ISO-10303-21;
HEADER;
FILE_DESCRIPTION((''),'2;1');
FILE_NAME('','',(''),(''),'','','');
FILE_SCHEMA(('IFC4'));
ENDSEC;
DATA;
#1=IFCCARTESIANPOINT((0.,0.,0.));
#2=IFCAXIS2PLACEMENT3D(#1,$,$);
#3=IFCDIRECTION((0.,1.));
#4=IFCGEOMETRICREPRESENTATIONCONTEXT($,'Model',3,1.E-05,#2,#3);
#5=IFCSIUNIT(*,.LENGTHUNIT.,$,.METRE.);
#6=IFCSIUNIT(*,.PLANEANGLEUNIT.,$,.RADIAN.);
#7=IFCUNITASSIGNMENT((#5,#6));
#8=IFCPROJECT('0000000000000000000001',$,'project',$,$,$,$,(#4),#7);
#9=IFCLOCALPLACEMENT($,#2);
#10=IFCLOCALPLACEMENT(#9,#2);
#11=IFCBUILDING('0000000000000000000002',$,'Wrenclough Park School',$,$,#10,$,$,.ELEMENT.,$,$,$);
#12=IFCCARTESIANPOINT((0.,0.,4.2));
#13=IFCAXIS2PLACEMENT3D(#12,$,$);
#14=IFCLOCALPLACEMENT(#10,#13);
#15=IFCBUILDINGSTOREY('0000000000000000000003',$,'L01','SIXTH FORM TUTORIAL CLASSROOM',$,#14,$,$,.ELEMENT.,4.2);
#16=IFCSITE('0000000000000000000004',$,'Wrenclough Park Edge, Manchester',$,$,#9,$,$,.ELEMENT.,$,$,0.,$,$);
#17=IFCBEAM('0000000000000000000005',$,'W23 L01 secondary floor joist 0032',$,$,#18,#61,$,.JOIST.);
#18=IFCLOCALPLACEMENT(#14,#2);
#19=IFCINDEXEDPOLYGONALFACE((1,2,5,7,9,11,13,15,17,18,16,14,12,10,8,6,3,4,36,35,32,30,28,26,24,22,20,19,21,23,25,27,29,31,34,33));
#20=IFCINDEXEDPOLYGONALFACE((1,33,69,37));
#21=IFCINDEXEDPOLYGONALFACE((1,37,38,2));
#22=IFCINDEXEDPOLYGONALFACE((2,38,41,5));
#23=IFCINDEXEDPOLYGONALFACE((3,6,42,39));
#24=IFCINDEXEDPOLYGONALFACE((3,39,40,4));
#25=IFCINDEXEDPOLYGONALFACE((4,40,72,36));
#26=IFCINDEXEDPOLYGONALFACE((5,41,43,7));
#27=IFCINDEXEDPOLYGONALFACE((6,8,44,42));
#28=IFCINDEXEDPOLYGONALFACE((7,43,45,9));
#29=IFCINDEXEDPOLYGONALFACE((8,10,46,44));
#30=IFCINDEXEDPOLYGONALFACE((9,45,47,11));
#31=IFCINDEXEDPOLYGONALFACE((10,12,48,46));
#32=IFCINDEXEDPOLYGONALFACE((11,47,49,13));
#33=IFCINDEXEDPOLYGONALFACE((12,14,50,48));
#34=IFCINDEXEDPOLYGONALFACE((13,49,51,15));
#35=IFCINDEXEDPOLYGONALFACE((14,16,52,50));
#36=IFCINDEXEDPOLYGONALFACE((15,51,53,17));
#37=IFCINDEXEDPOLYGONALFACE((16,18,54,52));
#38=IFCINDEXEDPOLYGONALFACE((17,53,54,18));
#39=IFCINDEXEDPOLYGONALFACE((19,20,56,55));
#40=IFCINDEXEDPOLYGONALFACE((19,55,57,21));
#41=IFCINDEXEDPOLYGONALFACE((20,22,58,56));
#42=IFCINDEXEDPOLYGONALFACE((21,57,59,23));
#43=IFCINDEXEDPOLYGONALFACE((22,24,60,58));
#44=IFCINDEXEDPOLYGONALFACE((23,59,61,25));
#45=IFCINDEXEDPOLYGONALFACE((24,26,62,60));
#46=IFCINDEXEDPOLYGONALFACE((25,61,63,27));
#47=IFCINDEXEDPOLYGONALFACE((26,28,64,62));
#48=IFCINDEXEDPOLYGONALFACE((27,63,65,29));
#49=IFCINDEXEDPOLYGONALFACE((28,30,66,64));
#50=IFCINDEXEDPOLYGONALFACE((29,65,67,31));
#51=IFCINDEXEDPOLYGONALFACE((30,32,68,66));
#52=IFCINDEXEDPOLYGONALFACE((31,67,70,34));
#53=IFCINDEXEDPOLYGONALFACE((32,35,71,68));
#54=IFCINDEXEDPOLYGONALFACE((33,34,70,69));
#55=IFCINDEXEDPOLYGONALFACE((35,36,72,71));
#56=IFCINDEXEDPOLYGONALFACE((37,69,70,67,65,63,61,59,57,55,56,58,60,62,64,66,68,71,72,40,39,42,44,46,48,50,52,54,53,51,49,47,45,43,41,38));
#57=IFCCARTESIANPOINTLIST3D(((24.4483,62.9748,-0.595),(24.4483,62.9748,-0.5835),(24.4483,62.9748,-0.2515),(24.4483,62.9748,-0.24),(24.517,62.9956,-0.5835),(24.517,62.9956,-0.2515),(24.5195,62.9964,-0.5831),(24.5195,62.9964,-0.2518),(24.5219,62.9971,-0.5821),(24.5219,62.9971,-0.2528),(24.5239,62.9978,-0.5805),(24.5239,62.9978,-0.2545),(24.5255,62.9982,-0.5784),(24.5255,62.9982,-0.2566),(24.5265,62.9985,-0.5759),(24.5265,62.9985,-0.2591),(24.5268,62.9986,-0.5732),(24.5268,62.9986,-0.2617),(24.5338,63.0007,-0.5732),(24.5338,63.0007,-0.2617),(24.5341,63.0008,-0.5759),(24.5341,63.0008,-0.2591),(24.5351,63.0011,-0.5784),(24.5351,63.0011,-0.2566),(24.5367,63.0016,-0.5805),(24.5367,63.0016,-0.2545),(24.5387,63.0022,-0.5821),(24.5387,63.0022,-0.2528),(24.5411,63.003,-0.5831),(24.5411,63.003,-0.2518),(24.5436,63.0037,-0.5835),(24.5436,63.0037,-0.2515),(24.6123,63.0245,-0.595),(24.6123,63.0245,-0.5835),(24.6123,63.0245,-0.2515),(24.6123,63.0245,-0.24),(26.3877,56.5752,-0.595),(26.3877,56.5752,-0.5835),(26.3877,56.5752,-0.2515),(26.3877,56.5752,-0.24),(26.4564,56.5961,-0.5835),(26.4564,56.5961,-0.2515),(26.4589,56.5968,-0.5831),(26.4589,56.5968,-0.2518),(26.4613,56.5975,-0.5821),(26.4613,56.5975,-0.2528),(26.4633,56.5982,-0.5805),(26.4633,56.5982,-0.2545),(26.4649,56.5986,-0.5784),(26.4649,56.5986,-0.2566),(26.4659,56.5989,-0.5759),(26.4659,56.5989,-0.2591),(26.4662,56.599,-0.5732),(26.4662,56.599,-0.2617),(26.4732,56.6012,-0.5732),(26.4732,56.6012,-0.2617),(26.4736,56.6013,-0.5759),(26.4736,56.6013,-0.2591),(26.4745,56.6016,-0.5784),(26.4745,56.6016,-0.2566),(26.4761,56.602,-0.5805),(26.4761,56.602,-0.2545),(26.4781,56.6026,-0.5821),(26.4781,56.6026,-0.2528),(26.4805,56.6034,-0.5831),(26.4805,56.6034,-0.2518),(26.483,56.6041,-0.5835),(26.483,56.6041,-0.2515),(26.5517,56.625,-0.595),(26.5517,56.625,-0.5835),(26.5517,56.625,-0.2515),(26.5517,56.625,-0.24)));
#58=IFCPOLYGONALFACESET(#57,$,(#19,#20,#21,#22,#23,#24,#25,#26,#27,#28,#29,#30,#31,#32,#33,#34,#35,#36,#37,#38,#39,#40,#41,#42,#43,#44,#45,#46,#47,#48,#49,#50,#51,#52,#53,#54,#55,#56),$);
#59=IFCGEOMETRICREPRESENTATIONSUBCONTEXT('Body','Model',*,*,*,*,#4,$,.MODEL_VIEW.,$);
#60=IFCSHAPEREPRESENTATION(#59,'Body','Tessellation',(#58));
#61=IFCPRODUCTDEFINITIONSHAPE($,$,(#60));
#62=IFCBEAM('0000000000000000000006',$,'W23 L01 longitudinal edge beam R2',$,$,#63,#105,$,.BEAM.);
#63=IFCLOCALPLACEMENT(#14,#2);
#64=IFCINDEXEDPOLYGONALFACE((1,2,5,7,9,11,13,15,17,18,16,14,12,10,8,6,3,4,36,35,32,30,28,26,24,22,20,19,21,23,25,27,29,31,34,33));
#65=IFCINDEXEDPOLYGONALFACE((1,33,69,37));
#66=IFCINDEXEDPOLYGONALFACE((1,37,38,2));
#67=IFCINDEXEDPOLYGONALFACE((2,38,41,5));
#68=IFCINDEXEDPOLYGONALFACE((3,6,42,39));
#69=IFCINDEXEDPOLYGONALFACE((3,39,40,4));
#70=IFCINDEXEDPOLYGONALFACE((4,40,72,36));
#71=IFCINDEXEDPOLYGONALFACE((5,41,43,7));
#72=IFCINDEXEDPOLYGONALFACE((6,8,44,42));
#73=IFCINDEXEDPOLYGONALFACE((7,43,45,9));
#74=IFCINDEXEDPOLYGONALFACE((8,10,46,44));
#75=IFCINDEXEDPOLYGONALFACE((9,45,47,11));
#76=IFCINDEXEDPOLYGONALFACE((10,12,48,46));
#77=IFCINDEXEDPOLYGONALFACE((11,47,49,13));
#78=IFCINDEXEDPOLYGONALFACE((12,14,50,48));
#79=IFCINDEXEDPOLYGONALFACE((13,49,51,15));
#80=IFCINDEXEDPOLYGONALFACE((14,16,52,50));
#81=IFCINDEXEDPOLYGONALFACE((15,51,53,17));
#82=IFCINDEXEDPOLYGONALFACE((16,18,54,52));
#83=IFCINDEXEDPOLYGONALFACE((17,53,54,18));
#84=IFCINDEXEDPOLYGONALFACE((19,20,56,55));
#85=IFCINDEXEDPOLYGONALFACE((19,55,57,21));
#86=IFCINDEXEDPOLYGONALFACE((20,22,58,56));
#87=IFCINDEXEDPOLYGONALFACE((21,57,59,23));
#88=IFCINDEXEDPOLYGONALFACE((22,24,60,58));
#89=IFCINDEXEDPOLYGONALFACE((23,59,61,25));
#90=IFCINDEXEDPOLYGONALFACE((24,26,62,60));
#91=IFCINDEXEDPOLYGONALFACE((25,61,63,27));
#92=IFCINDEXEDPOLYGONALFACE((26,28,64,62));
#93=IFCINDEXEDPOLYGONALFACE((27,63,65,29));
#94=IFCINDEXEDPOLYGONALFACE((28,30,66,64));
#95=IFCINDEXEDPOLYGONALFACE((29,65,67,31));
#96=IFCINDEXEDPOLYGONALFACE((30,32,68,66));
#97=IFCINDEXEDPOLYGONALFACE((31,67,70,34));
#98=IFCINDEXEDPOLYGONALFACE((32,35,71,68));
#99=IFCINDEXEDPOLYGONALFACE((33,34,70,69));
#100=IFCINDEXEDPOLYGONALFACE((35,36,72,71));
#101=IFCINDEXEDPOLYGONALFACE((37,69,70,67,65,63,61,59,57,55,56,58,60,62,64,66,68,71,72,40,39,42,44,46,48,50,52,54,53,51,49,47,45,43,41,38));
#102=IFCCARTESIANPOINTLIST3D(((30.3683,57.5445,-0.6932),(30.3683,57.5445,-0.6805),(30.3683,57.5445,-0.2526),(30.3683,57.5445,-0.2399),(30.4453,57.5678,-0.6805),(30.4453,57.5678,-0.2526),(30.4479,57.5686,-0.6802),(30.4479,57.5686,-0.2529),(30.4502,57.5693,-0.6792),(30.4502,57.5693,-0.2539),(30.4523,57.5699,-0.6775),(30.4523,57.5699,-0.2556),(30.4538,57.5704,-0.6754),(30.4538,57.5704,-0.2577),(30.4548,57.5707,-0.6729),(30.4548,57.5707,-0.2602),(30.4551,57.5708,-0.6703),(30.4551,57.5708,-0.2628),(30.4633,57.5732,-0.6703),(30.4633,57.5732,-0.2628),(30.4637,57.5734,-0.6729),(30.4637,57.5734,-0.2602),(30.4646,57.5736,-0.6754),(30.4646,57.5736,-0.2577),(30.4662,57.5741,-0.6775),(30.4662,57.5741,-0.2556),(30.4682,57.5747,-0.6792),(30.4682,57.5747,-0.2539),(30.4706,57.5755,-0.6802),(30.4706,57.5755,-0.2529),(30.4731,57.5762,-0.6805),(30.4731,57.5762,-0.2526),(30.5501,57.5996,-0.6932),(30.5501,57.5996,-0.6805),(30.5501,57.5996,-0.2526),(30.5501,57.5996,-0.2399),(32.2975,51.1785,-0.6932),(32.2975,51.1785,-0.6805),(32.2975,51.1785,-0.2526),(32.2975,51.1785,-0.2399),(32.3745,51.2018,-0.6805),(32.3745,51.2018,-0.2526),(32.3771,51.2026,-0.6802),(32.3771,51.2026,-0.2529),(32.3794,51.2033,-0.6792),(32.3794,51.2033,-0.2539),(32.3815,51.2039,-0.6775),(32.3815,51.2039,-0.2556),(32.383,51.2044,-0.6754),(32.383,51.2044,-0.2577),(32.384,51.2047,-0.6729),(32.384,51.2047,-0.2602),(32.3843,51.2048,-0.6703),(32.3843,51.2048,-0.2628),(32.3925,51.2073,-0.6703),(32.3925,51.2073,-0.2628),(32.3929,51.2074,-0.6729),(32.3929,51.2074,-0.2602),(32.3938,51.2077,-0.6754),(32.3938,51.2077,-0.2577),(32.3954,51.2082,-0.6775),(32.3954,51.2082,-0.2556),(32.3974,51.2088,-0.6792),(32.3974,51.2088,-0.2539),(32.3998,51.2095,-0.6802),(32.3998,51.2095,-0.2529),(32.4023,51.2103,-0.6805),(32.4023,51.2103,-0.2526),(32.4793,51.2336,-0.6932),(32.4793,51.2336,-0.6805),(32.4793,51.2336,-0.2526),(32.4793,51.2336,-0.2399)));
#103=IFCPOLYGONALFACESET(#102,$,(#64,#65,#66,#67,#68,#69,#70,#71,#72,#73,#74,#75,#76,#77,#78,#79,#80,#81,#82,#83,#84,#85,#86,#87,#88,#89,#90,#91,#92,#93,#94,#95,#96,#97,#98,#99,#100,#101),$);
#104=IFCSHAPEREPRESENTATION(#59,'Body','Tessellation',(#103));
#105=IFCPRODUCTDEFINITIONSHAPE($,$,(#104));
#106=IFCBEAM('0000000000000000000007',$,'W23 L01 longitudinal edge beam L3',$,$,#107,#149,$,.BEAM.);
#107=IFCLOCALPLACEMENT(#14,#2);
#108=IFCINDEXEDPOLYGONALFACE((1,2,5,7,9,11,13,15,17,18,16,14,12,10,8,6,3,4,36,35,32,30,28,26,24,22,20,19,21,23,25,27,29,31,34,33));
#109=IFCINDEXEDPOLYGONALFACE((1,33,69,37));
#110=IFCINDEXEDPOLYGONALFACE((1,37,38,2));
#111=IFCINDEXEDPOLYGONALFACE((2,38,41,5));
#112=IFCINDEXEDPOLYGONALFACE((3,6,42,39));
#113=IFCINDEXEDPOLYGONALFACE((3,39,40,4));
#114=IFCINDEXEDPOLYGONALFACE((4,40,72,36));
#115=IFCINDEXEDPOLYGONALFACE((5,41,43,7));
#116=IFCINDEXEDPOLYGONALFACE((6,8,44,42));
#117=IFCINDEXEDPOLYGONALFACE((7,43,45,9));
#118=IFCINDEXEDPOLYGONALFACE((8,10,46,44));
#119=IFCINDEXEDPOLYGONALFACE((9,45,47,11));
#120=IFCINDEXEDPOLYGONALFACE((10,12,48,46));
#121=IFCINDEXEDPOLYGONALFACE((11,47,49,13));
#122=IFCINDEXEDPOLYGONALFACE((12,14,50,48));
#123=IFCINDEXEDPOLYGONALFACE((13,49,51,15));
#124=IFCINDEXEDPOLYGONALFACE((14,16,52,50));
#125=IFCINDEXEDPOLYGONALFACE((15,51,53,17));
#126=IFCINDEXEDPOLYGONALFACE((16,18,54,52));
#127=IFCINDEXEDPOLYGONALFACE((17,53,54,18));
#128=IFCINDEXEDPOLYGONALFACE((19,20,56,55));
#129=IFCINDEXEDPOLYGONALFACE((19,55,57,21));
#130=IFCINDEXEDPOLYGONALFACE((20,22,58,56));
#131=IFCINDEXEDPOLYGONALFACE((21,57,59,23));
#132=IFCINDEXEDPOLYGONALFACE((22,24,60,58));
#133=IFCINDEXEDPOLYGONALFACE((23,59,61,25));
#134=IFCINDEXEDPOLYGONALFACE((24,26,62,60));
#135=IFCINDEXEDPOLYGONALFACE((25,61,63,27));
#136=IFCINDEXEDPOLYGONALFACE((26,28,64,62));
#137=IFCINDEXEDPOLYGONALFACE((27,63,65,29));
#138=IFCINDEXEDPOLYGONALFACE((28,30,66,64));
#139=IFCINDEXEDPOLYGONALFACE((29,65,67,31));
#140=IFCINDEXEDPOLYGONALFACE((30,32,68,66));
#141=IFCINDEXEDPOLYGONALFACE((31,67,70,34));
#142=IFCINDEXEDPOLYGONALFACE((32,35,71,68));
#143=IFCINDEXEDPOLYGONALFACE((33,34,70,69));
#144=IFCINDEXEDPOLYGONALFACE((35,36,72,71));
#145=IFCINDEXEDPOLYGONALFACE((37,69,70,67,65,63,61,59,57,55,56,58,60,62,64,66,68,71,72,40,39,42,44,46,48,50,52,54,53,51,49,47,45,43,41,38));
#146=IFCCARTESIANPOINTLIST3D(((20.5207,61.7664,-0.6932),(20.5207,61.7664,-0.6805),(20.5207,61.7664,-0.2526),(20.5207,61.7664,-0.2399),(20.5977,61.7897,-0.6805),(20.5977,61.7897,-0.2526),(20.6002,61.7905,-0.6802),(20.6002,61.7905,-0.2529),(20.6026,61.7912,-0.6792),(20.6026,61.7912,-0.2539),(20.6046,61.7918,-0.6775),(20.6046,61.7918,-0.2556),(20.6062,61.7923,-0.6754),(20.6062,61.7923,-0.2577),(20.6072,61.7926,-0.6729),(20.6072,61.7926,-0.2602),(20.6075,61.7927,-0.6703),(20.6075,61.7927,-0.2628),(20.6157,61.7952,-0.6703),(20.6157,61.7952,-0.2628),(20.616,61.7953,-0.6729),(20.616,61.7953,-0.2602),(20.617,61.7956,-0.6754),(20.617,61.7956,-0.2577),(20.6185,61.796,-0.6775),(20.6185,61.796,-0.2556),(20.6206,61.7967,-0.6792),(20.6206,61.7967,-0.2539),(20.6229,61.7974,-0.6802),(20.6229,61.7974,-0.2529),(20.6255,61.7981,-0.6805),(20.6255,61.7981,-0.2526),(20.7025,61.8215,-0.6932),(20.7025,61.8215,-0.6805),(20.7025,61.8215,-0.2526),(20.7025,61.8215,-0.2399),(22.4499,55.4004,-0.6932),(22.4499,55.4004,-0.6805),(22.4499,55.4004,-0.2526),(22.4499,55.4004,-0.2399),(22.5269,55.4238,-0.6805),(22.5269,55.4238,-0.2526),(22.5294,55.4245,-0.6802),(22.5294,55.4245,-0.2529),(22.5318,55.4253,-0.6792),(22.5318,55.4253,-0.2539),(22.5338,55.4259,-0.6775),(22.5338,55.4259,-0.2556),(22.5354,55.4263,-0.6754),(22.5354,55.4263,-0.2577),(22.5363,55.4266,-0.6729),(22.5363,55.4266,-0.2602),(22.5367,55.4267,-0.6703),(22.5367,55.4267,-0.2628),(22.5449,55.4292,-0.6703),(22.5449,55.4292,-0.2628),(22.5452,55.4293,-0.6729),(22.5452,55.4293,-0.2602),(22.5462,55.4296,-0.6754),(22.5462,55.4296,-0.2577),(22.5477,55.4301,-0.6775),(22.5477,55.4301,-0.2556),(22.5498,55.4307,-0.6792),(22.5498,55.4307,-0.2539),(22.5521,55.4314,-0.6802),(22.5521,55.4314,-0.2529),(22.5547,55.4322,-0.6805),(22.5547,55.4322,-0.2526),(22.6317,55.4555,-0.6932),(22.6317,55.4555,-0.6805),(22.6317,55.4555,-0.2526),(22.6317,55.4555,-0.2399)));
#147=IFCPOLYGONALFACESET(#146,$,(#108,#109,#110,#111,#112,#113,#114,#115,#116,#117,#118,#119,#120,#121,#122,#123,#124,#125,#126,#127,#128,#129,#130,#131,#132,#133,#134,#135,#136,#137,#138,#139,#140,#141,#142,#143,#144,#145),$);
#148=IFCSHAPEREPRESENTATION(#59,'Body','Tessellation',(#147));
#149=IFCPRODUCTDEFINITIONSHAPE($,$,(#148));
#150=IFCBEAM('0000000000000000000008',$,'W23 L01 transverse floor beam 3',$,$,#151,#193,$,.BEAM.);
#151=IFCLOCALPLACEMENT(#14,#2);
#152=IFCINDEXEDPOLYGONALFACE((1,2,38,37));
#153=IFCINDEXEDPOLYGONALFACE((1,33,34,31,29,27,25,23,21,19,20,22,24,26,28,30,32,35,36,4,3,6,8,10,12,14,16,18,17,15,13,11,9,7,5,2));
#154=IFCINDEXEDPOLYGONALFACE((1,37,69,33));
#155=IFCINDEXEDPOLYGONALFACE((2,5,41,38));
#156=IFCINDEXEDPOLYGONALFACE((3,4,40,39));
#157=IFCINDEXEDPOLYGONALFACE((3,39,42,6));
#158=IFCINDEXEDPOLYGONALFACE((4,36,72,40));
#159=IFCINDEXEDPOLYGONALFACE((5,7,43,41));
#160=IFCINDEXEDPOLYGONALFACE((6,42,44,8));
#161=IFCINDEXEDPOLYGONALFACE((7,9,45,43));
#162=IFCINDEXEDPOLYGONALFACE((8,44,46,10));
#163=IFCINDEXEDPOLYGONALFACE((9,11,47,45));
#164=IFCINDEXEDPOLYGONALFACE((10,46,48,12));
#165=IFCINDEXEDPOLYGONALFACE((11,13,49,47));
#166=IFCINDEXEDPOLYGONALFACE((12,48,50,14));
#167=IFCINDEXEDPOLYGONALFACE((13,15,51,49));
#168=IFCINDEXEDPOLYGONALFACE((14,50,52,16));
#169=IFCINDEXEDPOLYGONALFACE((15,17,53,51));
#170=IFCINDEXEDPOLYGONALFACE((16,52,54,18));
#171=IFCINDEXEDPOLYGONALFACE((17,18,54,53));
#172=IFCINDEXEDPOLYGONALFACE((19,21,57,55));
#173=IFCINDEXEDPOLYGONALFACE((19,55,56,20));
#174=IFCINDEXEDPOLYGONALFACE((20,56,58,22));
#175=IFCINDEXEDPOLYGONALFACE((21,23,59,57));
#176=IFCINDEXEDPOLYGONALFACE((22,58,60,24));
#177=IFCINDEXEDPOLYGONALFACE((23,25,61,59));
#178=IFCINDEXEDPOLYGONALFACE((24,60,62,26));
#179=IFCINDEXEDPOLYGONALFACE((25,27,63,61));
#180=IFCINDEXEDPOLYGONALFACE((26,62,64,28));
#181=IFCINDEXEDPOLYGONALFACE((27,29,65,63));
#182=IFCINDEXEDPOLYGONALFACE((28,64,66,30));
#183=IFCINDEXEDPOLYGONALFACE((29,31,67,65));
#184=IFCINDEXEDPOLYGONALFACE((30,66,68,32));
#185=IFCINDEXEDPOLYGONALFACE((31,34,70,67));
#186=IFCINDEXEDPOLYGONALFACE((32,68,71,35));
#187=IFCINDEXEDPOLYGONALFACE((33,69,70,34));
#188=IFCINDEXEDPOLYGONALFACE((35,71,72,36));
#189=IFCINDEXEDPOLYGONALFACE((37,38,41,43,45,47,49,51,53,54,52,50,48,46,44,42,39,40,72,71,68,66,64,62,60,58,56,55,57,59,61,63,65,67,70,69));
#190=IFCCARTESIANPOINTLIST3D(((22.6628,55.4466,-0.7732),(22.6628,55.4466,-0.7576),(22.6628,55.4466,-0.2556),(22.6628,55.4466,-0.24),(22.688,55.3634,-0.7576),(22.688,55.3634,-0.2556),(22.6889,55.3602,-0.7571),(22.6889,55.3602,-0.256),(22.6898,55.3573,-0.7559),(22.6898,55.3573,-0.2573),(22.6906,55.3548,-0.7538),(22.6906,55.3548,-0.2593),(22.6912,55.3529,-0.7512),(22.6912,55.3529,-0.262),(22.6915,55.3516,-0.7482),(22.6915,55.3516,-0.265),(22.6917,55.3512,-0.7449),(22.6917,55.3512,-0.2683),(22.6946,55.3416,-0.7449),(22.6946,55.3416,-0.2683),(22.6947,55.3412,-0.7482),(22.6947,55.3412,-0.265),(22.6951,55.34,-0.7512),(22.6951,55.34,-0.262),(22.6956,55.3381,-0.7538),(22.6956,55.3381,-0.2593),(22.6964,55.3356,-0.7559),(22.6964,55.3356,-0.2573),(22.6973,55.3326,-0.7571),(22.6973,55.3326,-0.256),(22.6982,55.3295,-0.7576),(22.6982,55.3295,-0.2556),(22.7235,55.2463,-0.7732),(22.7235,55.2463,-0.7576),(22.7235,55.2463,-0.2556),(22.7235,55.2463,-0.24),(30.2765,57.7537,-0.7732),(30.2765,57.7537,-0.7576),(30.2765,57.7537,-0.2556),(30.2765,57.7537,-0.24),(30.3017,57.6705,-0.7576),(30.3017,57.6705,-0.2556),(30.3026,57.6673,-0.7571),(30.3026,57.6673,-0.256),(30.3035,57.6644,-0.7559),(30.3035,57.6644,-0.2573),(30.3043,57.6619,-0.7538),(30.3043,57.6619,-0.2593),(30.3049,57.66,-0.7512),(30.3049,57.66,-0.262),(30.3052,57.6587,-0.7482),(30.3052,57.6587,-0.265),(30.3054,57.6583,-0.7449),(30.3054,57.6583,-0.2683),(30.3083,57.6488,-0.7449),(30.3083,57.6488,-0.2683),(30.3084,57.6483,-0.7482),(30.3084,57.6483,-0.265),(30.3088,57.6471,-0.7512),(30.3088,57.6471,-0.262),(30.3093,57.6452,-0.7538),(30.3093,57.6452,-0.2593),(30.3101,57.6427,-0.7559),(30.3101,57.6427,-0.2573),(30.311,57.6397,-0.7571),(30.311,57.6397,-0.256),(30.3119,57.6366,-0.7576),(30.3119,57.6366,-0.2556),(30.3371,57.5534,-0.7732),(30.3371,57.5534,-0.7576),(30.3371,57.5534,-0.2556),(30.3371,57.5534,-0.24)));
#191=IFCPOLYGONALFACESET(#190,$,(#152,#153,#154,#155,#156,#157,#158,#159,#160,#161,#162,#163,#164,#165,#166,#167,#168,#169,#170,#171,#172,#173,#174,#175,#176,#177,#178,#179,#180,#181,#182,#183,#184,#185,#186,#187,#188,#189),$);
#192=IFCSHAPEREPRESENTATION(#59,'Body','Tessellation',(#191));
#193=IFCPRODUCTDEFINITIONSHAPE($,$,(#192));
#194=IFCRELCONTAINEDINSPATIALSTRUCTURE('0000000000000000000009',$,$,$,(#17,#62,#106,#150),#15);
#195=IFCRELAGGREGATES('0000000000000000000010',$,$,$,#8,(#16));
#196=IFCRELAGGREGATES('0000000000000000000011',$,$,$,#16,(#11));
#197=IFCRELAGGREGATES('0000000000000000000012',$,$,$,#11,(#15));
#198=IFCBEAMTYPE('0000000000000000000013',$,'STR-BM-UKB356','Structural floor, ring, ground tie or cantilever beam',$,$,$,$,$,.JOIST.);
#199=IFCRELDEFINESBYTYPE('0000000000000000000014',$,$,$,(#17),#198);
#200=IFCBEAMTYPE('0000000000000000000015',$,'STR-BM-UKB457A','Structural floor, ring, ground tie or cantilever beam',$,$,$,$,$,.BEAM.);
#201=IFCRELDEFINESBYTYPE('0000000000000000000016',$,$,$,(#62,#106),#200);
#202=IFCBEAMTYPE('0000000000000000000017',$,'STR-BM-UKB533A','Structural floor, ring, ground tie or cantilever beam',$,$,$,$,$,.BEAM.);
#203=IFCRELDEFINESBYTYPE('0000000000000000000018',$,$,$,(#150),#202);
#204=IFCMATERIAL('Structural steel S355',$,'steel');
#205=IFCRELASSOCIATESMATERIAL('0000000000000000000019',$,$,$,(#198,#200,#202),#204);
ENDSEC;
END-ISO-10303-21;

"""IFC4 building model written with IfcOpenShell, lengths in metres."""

from ifc_helpers import new_model, si_unit, direction, frame, origin, origin_2d, place, context, subcontext, project, spatial, i_section, extrude, material, material_profile, profile_set, type_object, element, save


model = new_model("IFC4")

# Units and contexts
model_context = context("Model", 3, precision=1e-05, world=origin(), true_north=direction((0.0, 1.0)))
body_context = subcontext(model_context, "Body", "Model", "MODEL_VIEW")
ifc_project = project(units=[si_unit("LENGTHUNIT", "METRE"), si_unit("PLANEANGLEUNIT", "RADIAN")], contexts=[model_context])

# Site, building, storey
site_placement = place(None, origin())
site = spatial("IfcSite", under=ifc_project, at=site_placement, Name="Wrenclough Park Edge, Manchester", CompositionType="ELEMENT", RefElevation=0.0)
building_placement = place(site_placement, origin())
building = spatial("IfcBuilding", under=site, at=building_placement, Name="Wrenclough Park School", CompositionType="ELEMENT")
storey_placement = place(building_placement, frame((0.0, 0.0, 4.2)))
storey = spatial("IfcBuildingStorey", under=building, at=storey_placement, Name="L01", Description="SIXTH FORM TUTORIAL CLASSROOM", CompositionType="ELEMENT", Elevation=4.2)

# Shared definitions
ifc_material_1 = material(Name="Structural steel S355", Category="steel")

# Beams
ifc_material_profile_1 = material_profile(ifc_material_1, i_section(OverallWidth=0.1714, OverallDepth=0.355, WebThickness=0.0073, FlangeThickness=0.0115, FilletRadius=0.0103, at=origin_2d()), Name="UKB 356x171x51")
ifc_profile_set_1 = profile_set([ifc_material_profile_1], Name="Structural steel S355")
beam_type_1 = type_object("IfcBeamType", Name="STR-BM-UKB356", Description="Structural floor, ring, ground tie or cantilever beam", PredefinedType="JOIST", material=ifc_profile_set_1)
beam_1_placement = place(storey_placement, frame((26.4697, 56.6001, -0.4175), z_axis=(-0.29003, 0.957018, 0.0), x_axis=(-0.957018, -0.29003, 0.0)))
element("IfcBeam", 1, at=beam_1_placement, inside=storey, type_object=beam_type_1, Name="W23 L01 secondary floor joist 0032", PredefinedType="JOIST", context=body_context, shape_type="SweptSolid", body=[
    extrude(i_section(OverallWidth=0.1714, OverallDepth=0.355, WebThickness=0.0073, FlangeThickness=0.0115, FilletRadius=0.0103, at=origin_2d()), origin(), (0.0, 0.0, 1.0), 6.687),
])
ifc_material_profile_2 = material_profile(ifc_material_1, i_section(OverallWidth=0.1899, OverallDepth=0.4534, WebThickness=0.0085, FlangeThickness=0.0127, FilletRadius=0.0103, at=origin_2d()), Name="UKB 457x191x67")
ifc_profile_set_2 = profile_set([ifc_material_profile_2], Name="Structural steel S355")
beam_type_2 = type_object("IfcBeamType", Name="STR-BM-UKB457A", Description="Structural floor, ring, ground tie or cantilever beam", PredefinedType="BEAM", material=ifc_profile_set_2)
for number, where, z_axis, x_axis, name in (
    (2, (32.3884, 51.2061, -0.4666), (-0.290024, 0.957019, 0.0), (-0.957019, -0.290024, 0.0), "W23 L01 longitudinal edge beam R2"),
    (3, (22.5408, 55.428, -0.4666), (-0.290024, 0.957019, 0.0), (-0.957019, -0.290024, 0.0), "W23 L01 longitudinal edge beam L3"),
):
    element("IfcBeam", number, at=place(storey_placement, frame(where, z_axis=z_axis, x_axis=x_axis)), inside=storey, type_object=beam_type_2, Name=name, PredefinedType="BEAM", context=body_context, shape_type="SweptSolid", body=[
        extrude(i_section(OverallWidth=0.1899, OverallDepth=0.4534, WebThickness=0.0085, FlangeThickness=0.0127, FilletRadius=0.0103, at=origin_2d()), origin(), (0.0, 0.0, 1.0), 6.6519),
    ])
ifc_material_profile_3 = material_profile(ifc_material_1, i_section(OverallWidth=0.2092, OverallDepth=0.5332, WebThickness=0.01, FlangeThickness=0.0156, FilletRadius=0.0127, at=origin_2d()), Name="UKB 533x210x92")
ifc_profile_set_3 = profile_set([ifc_material_profile_3], Name="Structural steel S355")
beam_type_3 = type_object("IfcBeamType", Name="STR-BM-UKB533A", Description="Structural floor, ring, ground tie or cantilever beam", PredefinedType="BEAM", material=ifc_profile_set_3)
beam_2_placement = place(storey_placement, frame((22.6931, 55.3464, -0.5066), z_axis=(0.957027, 0.289999, 0.0), x_axis=(-0.289999, 0.957027, 0.0)))
element("IfcBeam", 4, at=beam_2_placement, inside=storey, type_object=beam_type_3, Name="W23 L01 transverse floor beam 3", PredefinedType="BEAM", context=body_context, shape_type="SweptSolid", body=[
    extrude(i_section(OverallWidth=0.2092, OverallDepth=0.5332, WebThickness=0.01, FlangeThickness=0.0156, FilletRadius=0.0127, at=origin_2d()), origin(), (0.0, 0.0, 1.0), 7.9556),
])

save(model, "model.ifc")
